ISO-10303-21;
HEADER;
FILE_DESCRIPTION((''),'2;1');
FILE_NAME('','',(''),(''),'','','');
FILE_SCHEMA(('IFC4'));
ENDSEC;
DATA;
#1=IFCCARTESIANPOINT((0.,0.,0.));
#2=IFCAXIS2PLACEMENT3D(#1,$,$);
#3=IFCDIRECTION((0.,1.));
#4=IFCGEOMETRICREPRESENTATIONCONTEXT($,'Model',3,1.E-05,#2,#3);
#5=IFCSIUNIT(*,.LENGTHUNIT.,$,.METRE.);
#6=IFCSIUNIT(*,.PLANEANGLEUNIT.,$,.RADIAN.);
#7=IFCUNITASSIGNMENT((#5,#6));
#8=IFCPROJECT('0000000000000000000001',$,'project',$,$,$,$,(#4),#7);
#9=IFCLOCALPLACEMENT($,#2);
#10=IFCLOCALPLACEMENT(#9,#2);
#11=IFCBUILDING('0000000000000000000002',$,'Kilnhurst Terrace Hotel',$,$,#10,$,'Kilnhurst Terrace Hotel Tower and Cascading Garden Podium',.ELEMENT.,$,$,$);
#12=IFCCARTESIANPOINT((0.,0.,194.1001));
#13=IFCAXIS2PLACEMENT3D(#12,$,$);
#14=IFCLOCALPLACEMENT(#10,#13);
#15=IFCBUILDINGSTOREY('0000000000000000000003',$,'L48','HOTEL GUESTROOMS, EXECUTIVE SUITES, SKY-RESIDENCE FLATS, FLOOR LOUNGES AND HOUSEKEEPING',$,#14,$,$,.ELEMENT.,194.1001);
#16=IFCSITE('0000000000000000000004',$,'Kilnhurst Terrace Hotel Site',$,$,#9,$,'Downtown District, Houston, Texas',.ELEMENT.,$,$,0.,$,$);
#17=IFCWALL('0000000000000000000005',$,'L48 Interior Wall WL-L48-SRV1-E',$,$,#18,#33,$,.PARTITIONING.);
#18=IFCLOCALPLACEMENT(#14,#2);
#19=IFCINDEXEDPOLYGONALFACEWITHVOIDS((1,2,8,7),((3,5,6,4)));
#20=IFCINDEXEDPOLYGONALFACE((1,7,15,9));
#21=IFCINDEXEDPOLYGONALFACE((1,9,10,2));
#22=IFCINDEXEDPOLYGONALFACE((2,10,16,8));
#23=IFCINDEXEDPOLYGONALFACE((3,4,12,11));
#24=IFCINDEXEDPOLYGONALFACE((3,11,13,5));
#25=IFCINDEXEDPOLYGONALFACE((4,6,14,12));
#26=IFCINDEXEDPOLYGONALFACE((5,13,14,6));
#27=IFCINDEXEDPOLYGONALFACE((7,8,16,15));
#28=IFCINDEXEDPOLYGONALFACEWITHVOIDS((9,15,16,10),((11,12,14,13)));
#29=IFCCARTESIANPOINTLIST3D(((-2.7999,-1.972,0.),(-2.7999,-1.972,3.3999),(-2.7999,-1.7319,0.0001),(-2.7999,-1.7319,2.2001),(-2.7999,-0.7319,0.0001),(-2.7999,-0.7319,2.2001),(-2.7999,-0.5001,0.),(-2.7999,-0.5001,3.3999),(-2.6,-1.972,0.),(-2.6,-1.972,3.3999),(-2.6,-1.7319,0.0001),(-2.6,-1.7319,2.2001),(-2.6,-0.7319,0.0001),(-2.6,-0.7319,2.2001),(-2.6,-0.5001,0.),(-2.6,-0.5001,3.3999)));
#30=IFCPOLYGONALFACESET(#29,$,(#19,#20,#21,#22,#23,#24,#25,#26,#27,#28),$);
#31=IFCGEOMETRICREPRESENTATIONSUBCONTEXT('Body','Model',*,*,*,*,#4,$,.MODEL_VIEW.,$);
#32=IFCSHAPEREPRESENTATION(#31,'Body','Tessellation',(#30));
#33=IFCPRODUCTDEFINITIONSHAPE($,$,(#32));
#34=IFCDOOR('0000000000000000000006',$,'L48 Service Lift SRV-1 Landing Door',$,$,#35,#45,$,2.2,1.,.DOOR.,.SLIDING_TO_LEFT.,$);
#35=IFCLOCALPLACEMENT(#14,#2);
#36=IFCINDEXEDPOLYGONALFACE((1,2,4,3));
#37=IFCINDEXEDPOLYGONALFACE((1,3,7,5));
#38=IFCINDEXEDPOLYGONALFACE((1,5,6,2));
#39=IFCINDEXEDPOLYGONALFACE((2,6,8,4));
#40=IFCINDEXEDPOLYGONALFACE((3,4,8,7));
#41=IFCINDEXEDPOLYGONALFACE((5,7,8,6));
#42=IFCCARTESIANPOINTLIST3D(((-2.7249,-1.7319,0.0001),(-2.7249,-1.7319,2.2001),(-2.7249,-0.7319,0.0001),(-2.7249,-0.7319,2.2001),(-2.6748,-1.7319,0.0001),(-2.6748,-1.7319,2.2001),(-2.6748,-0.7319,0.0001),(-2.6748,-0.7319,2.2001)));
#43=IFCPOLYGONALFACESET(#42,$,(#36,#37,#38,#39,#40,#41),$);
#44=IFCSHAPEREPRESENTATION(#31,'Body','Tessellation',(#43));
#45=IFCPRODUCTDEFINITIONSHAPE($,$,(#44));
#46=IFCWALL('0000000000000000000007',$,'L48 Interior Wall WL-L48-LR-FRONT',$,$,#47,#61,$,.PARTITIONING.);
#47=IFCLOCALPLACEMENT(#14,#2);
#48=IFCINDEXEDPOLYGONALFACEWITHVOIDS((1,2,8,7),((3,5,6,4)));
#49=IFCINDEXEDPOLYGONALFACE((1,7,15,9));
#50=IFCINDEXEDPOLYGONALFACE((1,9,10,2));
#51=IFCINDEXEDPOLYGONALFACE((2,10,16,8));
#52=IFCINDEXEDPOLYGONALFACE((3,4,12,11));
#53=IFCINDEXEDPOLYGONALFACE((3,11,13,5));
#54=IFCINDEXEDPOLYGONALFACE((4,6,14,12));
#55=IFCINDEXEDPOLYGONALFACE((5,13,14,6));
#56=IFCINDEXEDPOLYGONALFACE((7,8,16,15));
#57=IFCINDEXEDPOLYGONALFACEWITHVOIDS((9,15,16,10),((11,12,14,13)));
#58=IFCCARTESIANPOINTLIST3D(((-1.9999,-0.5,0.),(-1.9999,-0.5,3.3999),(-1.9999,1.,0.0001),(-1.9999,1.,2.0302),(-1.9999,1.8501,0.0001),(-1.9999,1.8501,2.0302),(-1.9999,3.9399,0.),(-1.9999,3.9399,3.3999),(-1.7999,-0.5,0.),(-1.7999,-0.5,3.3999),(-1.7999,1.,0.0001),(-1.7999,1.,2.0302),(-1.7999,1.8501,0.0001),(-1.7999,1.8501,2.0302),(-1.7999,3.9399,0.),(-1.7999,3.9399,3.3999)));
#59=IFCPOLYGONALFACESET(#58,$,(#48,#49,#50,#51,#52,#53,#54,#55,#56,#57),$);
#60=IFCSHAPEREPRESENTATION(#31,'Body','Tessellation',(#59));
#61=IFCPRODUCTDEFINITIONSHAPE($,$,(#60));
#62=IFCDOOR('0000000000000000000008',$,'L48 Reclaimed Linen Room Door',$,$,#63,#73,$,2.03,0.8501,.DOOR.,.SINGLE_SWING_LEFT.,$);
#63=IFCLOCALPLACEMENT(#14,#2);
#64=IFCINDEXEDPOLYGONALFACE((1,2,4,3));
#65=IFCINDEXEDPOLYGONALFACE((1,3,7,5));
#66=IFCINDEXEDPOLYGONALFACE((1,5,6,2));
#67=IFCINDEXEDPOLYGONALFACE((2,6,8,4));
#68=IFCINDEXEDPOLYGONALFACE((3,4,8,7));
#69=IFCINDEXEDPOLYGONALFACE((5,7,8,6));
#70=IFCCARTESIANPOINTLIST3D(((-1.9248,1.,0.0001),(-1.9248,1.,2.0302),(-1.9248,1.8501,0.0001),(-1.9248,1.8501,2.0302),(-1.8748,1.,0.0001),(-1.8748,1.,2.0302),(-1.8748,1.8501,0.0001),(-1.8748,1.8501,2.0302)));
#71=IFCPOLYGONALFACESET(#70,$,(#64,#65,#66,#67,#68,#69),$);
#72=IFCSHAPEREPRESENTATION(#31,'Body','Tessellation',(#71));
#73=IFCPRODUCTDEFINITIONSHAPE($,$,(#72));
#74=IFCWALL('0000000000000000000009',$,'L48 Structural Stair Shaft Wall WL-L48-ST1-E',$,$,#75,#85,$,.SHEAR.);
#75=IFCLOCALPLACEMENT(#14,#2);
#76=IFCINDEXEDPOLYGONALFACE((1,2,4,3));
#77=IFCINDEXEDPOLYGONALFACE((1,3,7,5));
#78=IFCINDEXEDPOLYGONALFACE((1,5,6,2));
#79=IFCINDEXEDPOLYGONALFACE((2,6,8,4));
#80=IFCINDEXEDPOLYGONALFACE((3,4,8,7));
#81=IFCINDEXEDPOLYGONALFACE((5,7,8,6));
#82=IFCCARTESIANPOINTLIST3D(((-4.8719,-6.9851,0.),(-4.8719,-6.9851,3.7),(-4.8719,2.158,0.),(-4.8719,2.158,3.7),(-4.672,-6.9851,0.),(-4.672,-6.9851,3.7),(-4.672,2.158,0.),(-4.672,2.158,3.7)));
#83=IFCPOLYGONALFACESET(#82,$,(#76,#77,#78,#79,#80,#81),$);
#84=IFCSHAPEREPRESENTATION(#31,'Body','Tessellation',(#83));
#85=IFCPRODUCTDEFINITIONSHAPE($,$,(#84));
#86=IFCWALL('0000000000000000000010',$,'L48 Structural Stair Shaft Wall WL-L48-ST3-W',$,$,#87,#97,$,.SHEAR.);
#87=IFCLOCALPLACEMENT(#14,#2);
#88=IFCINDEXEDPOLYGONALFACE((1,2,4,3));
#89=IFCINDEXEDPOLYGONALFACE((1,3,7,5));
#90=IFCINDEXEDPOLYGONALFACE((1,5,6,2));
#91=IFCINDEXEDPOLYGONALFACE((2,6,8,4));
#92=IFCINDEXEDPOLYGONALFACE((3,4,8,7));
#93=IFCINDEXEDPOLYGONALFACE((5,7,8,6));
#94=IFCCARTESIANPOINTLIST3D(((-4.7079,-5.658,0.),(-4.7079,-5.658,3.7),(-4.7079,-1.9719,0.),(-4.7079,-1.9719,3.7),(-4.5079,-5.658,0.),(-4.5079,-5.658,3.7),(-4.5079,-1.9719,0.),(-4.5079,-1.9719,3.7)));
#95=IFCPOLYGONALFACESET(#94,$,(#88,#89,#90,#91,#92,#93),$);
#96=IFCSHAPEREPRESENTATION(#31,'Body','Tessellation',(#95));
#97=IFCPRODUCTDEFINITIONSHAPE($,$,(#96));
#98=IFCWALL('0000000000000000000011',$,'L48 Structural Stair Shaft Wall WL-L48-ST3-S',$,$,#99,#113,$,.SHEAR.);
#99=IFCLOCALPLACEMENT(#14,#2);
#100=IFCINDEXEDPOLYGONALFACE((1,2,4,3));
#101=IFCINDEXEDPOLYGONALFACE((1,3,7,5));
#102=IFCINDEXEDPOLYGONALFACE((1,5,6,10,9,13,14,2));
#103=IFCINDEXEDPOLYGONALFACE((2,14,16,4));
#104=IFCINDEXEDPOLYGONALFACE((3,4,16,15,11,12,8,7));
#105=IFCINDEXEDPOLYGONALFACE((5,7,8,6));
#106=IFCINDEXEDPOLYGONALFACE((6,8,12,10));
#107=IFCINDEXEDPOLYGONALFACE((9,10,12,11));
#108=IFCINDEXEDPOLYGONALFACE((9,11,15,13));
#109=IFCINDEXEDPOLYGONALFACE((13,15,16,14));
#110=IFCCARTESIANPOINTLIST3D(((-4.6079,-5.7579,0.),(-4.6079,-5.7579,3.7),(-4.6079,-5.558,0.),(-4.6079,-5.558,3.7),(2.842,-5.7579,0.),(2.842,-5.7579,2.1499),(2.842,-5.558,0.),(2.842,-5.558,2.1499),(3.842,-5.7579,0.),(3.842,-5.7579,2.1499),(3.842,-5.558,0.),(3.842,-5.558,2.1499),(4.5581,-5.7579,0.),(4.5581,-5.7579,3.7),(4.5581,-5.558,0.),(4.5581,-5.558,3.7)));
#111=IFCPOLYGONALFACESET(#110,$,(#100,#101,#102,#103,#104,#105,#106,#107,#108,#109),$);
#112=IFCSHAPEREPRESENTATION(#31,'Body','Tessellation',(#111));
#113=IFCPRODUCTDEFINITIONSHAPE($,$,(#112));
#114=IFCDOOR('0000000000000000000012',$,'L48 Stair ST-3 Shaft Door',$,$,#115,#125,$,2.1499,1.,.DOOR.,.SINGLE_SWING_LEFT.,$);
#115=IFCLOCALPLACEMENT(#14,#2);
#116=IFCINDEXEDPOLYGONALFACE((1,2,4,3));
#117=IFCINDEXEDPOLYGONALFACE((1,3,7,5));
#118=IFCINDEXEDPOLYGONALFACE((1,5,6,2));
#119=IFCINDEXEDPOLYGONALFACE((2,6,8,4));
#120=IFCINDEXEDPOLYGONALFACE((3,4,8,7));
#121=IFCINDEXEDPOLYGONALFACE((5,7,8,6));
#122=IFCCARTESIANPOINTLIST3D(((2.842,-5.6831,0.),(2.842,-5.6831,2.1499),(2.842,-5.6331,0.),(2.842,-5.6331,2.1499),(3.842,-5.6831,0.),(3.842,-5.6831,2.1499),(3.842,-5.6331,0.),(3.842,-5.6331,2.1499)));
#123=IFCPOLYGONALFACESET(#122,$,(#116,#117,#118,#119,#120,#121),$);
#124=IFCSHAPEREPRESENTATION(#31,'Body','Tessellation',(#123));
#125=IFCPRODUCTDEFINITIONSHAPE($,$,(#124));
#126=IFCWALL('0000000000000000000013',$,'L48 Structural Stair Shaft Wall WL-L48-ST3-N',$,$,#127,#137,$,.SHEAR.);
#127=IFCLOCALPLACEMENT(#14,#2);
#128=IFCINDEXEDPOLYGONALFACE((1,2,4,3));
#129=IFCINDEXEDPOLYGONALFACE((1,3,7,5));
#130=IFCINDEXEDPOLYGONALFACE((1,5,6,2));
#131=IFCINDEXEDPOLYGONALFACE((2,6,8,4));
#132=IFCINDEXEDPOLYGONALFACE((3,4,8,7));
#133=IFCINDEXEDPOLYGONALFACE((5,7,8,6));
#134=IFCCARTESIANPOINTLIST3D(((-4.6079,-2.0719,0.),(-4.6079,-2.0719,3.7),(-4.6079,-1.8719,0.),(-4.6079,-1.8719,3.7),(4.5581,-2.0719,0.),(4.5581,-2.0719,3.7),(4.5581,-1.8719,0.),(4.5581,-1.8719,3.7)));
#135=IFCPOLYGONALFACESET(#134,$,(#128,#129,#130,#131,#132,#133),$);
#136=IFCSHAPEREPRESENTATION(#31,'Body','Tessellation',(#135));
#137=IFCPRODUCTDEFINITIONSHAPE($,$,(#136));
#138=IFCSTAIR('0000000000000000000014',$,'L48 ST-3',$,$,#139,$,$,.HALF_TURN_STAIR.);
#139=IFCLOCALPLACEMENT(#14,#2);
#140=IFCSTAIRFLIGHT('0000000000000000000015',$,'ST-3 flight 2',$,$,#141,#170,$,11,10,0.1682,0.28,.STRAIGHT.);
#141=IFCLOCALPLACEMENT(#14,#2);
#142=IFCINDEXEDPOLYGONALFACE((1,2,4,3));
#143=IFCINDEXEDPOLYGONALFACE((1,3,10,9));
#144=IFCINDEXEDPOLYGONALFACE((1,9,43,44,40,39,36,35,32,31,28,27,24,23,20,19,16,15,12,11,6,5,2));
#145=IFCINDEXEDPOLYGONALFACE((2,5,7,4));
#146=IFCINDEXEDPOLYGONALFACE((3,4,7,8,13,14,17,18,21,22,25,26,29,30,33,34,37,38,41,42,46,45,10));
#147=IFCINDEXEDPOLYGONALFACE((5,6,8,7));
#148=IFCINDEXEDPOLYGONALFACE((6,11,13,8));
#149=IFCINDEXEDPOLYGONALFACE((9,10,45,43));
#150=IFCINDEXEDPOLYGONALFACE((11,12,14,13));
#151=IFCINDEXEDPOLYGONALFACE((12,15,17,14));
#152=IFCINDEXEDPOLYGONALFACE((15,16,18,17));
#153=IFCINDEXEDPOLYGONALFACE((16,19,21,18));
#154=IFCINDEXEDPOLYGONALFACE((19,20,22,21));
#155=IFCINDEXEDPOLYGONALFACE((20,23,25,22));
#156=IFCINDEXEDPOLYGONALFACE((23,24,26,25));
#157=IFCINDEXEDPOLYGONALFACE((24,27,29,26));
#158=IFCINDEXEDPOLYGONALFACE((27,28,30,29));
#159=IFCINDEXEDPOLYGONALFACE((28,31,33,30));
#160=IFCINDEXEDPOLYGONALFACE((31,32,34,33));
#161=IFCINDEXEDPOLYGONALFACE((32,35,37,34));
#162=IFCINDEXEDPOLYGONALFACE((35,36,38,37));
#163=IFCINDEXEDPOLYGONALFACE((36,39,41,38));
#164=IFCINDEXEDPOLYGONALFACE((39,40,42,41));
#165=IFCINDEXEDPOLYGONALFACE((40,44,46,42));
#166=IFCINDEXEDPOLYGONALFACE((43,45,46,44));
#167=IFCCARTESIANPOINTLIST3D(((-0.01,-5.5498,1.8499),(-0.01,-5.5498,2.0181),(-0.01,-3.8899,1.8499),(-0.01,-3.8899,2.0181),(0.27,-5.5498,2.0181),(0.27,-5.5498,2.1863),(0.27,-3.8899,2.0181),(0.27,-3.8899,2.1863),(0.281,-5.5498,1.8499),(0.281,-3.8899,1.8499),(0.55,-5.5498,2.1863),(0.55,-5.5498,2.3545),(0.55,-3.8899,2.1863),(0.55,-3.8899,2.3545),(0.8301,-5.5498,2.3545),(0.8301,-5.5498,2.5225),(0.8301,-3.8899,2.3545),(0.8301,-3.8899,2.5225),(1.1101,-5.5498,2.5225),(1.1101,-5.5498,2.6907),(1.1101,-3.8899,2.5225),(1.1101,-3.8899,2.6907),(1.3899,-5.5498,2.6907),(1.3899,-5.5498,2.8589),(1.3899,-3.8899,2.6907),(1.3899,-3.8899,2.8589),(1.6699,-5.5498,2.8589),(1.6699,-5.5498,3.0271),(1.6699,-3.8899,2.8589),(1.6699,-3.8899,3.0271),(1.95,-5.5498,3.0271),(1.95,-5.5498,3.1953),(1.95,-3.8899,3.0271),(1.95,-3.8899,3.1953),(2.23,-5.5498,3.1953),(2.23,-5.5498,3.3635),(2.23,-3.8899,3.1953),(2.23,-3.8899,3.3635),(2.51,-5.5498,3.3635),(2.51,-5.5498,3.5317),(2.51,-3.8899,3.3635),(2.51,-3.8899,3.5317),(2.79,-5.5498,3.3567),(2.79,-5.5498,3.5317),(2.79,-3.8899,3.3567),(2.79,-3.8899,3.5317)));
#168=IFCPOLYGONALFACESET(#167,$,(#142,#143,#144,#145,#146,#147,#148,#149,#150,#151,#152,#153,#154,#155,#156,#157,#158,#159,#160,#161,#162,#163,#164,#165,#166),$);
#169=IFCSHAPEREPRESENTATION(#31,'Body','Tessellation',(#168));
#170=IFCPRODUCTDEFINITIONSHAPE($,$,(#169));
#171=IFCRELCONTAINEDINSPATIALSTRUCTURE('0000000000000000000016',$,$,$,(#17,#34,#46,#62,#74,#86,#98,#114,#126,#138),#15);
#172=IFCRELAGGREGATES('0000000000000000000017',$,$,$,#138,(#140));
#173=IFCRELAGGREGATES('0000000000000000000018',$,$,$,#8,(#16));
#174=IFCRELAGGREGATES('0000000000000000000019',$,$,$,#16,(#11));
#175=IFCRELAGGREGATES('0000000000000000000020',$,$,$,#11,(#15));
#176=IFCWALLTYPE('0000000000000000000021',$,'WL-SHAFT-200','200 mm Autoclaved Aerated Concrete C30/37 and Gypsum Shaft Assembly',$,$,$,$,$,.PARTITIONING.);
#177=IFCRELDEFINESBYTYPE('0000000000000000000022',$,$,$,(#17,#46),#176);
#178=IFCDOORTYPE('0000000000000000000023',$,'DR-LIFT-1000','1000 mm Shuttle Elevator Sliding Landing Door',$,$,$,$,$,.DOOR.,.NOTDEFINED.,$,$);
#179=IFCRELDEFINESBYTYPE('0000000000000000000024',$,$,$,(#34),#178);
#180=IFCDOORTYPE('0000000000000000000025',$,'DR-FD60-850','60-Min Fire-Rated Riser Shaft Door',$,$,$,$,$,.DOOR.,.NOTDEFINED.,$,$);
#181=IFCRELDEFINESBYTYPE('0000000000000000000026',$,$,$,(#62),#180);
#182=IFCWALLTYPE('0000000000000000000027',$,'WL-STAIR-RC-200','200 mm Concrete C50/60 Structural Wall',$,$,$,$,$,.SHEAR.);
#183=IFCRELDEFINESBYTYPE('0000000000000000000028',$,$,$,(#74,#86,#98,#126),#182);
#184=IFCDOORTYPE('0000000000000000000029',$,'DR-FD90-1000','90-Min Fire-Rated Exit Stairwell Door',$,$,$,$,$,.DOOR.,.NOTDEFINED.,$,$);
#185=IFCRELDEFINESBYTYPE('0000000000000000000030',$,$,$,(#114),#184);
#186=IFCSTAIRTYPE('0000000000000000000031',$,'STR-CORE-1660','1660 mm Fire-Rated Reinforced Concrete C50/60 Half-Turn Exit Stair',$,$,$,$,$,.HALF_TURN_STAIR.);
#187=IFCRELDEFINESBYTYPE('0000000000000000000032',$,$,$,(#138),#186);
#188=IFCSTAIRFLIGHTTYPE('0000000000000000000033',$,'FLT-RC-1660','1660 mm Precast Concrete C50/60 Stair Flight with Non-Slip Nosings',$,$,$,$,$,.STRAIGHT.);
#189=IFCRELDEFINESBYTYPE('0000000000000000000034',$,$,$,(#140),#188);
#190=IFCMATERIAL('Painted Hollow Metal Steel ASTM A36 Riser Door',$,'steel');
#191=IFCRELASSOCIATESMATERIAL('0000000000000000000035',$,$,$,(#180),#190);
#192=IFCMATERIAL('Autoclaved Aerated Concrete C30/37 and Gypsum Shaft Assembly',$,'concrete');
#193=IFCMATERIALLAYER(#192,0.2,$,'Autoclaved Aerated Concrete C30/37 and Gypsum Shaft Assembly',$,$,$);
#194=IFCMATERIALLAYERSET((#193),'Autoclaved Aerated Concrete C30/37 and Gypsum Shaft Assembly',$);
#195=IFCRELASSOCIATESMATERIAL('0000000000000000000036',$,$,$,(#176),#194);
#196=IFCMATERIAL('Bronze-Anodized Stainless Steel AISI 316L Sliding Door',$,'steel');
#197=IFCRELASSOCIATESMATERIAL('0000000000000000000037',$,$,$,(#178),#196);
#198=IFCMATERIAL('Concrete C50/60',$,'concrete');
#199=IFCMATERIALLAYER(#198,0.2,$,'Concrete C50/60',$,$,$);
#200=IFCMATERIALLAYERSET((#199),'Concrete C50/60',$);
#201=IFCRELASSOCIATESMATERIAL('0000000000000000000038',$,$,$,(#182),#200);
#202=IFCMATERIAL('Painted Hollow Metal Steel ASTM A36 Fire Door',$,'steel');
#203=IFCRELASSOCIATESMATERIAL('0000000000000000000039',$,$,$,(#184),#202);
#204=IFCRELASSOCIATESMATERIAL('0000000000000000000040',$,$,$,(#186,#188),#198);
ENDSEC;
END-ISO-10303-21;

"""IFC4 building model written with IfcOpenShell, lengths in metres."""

from ifc_helpers import new_model, si_unit, direction, frame, frame_2d, origin, place, context, subcontext, project, spatial, polyline, rectangle, outline, extrude, material, layer, layer_set, type_object, element, fill, aggregate, save


model = new_model("IFC4")

# Units and contexts
model_context = context("Model", 3, precision=1e-05, world=origin(), true_north=direction((0.0, 1.0)))
body_context = subcontext(model_context, "Body", "Model", "MODEL_VIEW")
ifc_project = project(units=[si_unit("LENGTHUNIT", "METRE"), si_unit("PLANEANGLEUNIT", "RADIAN")], contexts=[model_context])

# Site, building, storey
site_placement = place(None, origin())
site = spatial("IfcSite", under=ifc_project, at=site_placement, Name="Kilnhurst Terrace Hotel Site", LongName="Downtown District, Houston, Texas", CompositionType="ELEMENT", RefElevation=0.0)
building_placement = place(site_placement, origin())
building = spatial("IfcBuilding", under=site, at=building_placement, Name="Kilnhurst Terrace Hotel", LongName="Kilnhurst Terrace Hotel Tower and Cascading Garden Podium", CompositionType="ELEMENT")
storey_placement = place(building_placement, frame((0.0, 0.0, 194.1001)))
storey = spatial("IfcBuildingStorey", under=building, at=storey_placement, Name="L48", Description="HOTEL GUESTROOMS, EXECUTIVE SUITES, SKY-RESIDENCE FLATS, FLOOR LOUNGES AND HOUSEKEEPING", CompositionType="ELEMENT", Elevation=194.1001)

# Shared definitions
ifc_material_1 = material(Name="Concrete C50/60", Category="concrete")

# Shared definitions
ifc_material_2 = material(Name="Painted Hollow Metal Steel ASTM A36 Riser Door", Category="steel")
door_type_1 = type_object("IfcDoorType", Name="DR-FD60-850", Description="60-Min Fire-Rated Riser Shaft Door", OperationType="NOTDEFINED", PredefinedType="DOOR", material=ifc_material_2)

# Walls, openings, doors
ifc_material_3 = material(Name="Autoclaved Aerated Concrete C30/37 and Gypsum Shaft Assembly", Category="concrete")
ifc_layer_1 = layer(ifc_material_3, 0.2, Name="Autoclaved Aerated Concrete C30/37 and Gypsum Shaft Assembly")
ifc_layer_set_1 = layer_set([ifc_layer_1], Name="Autoclaved Aerated Concrete C30/37 and Gypsum Shaft Assembly")
wall_type_1 = type_object("IfcWallType", Name="WL-SHAFT-200", Description="200 mm Autoclaved Aerated Concrete C30/37 and Gypsum Shaft Assembly", PredefinedType="PARTITIONING", material=ifc_layer_set_1)
wall_1_placement = place(storey_placement, frame((-2.7, -1.9719, 0.0), z_axis=(0.0, 0.0, 1.0), x_axis=(0.0, 1.0, 0.0)))
wall_1 = element("IfcWall", 1, at=wall_1_placement, inside=storey, type_object=wall_type_1, Name="L48 Interior Wall WL-L48-SRV1-E", PredefinedType="PARTITIONING", context=body_context, shape_type="SweptSolid", body=[
    extrude(rectangle(XDim=1.4719, YDim=0.2, at=frame_2d((0.7358, 0.0))), origin(), (0.0, 0.0, 1.0), 3.3999),
])
opening_1_placement = place(wall_1_placement, frame((0.24, 0.0, 0.0)))
opening_1 = element("IfcOpeningElement", 2, at=opening_1_placement, cuts=wall_1, PredefinedType="OPENING", context=body_context, shape_type="SweptSolid", body=[
    extrude(rectangle(XDim=1.0, YDim=2.2, at=frame_2d((0.5, 1.1001))), frame((0.0, 0.1099, 0.0), z_axis=(0.0, -1.0, 0.0), x_axis=(1.0, 0.0, 0.0)), (0.0, 0.0, 1.0), 0.22),
])
ifc_material_4 = material(Name="Bronze-Anodized Stainless Steel AISI 316L Sliding Door", Category="steel")
door_type_2 = type_object("IfcDoorType", Name="DR-LIFT-1000", Description="1000 mm Shuttle Elevator Sliding Landing Door", OperationType="NOTDEFINED", PredefinedType="DOOR", material=ifc_material_4)
door_1_placement = place(opening_1_placement, origin())
door_1 = element("IfcDoor", 3, at=door_1_placement, inside=storey, type_object=door_type_2, Name="L48 Service Lift SRV-1 Landing Door", OperationType="SLIDING_TO_LEFT", OverallHeight=2.2, OverallWidth=1.0, PredefinedType="DOOR", context=body_context, shape_type="SweptSolid", body=[
    extrude(rectangle(XDim=1.0, YDim=2.2, at=frame_2d((0.5, 1.1001))), frame((0.0, 0.0249, 0.0), z_axis=(0.0, -1.0, 0.0), x_axis=(1.0, 0.0, 0.0)), (0.0, 0.0, 1.0), 0.05),
])
fill(opening_1, door_1)
wall_2_placement = place(storey_placement, frame((-1.8999, -0.5, 0.0), z_axis=(0.0, 0.0, 1.0), x_axis=(0.0, 1.0, 0.0)))
wall_2 = element("IfcWall", 4, at=wall_2_placement, inside=storey, type_object=wall_type_1, Name="L48 Interior Wall WL-L48-LR-FRONT", PredefinedType="PARTITIONING", context=body_context, shape_type="SweptSolid", body=[
    extrude(rectangle(XDim=4.4399, YDim=0.2, at=frame_2d((2.22, 0.0))), origin(), (0.0, 0.0, 1.0), 3.3999),
])
opening_2_placement = place(wall_2_placement, frame((1.5, 0.0, 0.0)))
opening_2 = element("IfcOpeningElement", 5, at=opening_2_placement, cuts=wall_2, PredefinedType="OPENING", context=body_context, shape_type="SweptSolid", body=[
    extrude(rectangle(XDim=0.8501, YDim=2.03, at=frame_2d((0.425, 1.0151))), frame((0.0, 0.1099, 0.0), z_axis=(0.0, -1.0, 0.0), x_axis=(1.0, 0.0, 0.0)), (0.0, 0.0, 1.0), 0.22),
])
door_2_placement = place(opening_2_placement, origin())
door_2 = element("IfcDoor", 6, at=door_2_placement, inside=storey, type_object=door_type_1, Name="L48 Reclaimed Linen Room Door", OperationType="SINGLE_SWING_LEFT", OverallHeight=2.03, OverallWidth=0.8501, PredefinedType="DOOR", context=body_context, shape_type="SweptSolid", body=[
    extrude(rectangle(XDim=0.8501, YDim=2.03, at=frame_2d((0.425, 1.0151))), frame((0.0, 0.0249, 0.0), z_axis=(0.0, -1.0, 0.0), x_axis=(1.0, 0.0, 0.0)), (0.0, 0.0, 1.0), 0.05),
])
fill(opening_2, door_2)

# Walls
ifc_layer_2 = layer(ifc_material_1, 0.2, Name="Concrete C50/60")
ifc_layer_set_2 = layer_set([ifc_layer_2], Name="Concrete C50/60")
wall_type_2 = type_object("IfcWallType", Name="WL-STAIR-RC-200", Description="200 mm Concrete C50/60 Structural Wall", PredefinedType="SHEAR", material=ifc_layer_set_2)
wall_3_placement = place(storey_placement, frame((-4.772, -6.9851, 0.0), z_axis=(0.0, 0.0, 1.0), x_axis=(0.0, 1.0, 0.0)))
element("IfcWall", 7, at=wall_3_placement, inside=storey, type_object=wall_type_2, Name="L48 Structural Stair Shaft Wall WL-L48-ST1-E", PredefinedType="SHEAR", context=body_context, shape_type="SweptSolid", body=[
    extrude(rectangle(XDim=9.1431, YDim=0.2, at=frame_2d((4.5715, 0.0))), origin(), (0.0, 0.0, 1.0), 3.7),
])
wall_4_placement = place(storey_placement, frame((-4.6079, -5.658, 0.0), z_axis=(0.0, 0.0, 1.0), x_axis=(0.0, 1.0, 0.0)))
element("IfcWall", 8, at=wall_4_placement, inside=storey, type_object=wall_type_2, Name="L48 Structural Stair Shaft Wall WL-L48-ST3-W", PredefinedType="SHEAR", context=body_context, shape_type="SweptSolid", body=[
    extrude(rectangle(XDim=3.686, YDim=0.2, at=frame_2d((1.843, 0.0))), origin(), (0.0, 0.0, 1.0), 3.7),
])

# Wall, opening, door
wall_5_placement = place(storey_placement, frame((-4.6079, -5.658, 0.0), z_axis=(0.0, 0.0, 1.0), x_axis=(1.0, 0.0, 0.0)))
wall_5 = element("IfcWall", 9, at=wall_5_placement, inside=storey, type_object=wall_type_2, Name="L48 Structural Stair Shaft Wall WL-L48-ST3-S", PredefinedType="SHEAR", context=body_context, shape_type="SweptSolid", body=[
    extrude(rectangle(XDim=9.166, YDim=0.2, at=frame_2d((4.583, 0.0))), origin(), (0.0, 0.0, 1.0), 3.7),
])
opening_3_placement = place(wall_5_placement, frame((7.45, 0.0, 0.0)))
opening_3 = element("IfcOpeningElement", 10, at=opening_3_placement, cuts=wall_5, PredefinedType="OPENING", context=body_context, shape_type="SweptSolid", body=[
    extrude(rectangle(XDim=1.0, YDim=2.1499, at=frame_2d((0.5, 1.075))), frame((0.0, 0.1099, 0.0), z_axis=(0.0, -1.0, 0.0), x_axis=(1.0, 0.0, 0.0)), (0.0, 0.0, 1.0), 0.22),
])
ifc_material_5 = material(Name="Painted Hollow Metal Steel ASTM A36 Fire Door", Category="steel")
door_type_3 = type_object("IfcDoorType", Name="DR-FD90-1000", Description="90-Min Fire-Rated Exit Stairwell Door", OperationType="NOTDEFINED", PredefinedType="DOOR", material=ifc_material_5)
door_3_placement = place(opening_3_placement, origin())
door_3 = element("IfcDoor", 11, at=door_3_placement, inside=storey, type_object=door_type_3, Name="L48 Stair ST-3 Shaft Door", OperationType="SINGLE_SWING_LEFT", OverallHeight=2.1499, OverallWidth=1.0, PredefinedType="DOOR", context=body_context, shape_type="SweptSolid", body=[
    extrude(rectangle(XDim=1.0, YDim=2.1499, at=frame_2d((0.5, 1.075))), frame((0.0, 0.0249, 0.0), z_axis=(0.0, -1.0, 0.0), x_axis=(1.0, 0.0, 0.0)), (0.0, 0.0, 1.0), 0.05),
])
fill(opening_3, door_3)

# Wall
wall_6_placement = place(storey_placement, frame((-4.6079, -1.9719, 0.0), z_axis=(0.0, 0.0, 1.0), x_axis=(1.0, 0.0, 0.0)))
element("IfcWall", 12, at=wall_6_placement, inside=storey, type_object=wall_type_2, Name="L48 Structural Stair Shaft Wall WL-L48-ST3-N", PredefinedType="SHEAR", context=body_context, shape_type="SweptSolid", body=[
    extrude(rectangle(XDim=9.166, YDim=0.2, at=frame_2d((4.583, 0.0))), origin(), (0.0, 0.0, 1.0), 3.7),
])

# Stair, stair flight
stair_type = type_object("IfcStairType", Name="STR-CORE-1660", Description="1660 mm Fire-Rated Reinforced Concrete C50/60 Half-Turn Exit Stair", PredefinedType="HALF_TURN_STAIR", material=ifc_material_1)
stair_placement = place(storey_placement, origin())
stair = element("IfcStair", 13, at=stair_placement, inside=storey, type_object=stair_type, Name="L48 ST-3", PredefinedType="HALF_TURN_STAIR")
stair_flight_type = type_object("IfcStairFlightType", Name="FLT-RC-1660", Description="1660 mm Precast Concrete C50/60 Stair Flight with Non-Slip Nosings", PredefinedType="STRAIGHT", material=ifc_material_1)
stair_flight_placement = place(storey_placement, frame((-0.01, -4.72, 1.8499), z_axis=(0.0, 0.0, 1.0), x_axis=(1.0, 0.0, 0.0)))
stair_flight = element("IfcStairFlight", 14, at=stair_flight_placement, type_object=stair_flight_type, Name="ST-3 flight 2", NumberOfRisers=11, NumberOfTreads=10, PredefinedType="STRAIGHT", RiserHeight=0.1682, TreadLength=0.28, context=body_context, shape_type="SweptSolid", body=[
    extrude(outline(polyline([(0.0, 0.0), (0.0, 0.1682), (0.28, 0.1682), (0.28, 0.3364), (0.5601, 0.3364), (0.5601, 0.5046), (0.8401, 0.5046), (0.8401, 0.6726), (1.1201, 0.6726), (1.1201, 0.8408), (1.3999, 0.8408), (1.3999, 1.009), (1.6799, 1.009), (1.6799, 1.1772), (1.96, 1.1772), (1.96, 1.3455), (2.24, 1.3455), (2.24, 1.5137), (2.52, 1.5137), (2.52, 1.6819), (2.8, 1.6819), (2.8, 1.8501), (2.8, 1.5068), (0.291, 0.0), (0.0, 0.0)])), frame((0.0, 0.8301, 0.0), z_axis=(0.0, -1.0, 0.0), x_axis=(1.0, 0.0, 0.0)), (0.0, 0.0, 1.0), 1.6599),
])
aggregate(stair, [stair_flight])

save(model, "model.ifc")
